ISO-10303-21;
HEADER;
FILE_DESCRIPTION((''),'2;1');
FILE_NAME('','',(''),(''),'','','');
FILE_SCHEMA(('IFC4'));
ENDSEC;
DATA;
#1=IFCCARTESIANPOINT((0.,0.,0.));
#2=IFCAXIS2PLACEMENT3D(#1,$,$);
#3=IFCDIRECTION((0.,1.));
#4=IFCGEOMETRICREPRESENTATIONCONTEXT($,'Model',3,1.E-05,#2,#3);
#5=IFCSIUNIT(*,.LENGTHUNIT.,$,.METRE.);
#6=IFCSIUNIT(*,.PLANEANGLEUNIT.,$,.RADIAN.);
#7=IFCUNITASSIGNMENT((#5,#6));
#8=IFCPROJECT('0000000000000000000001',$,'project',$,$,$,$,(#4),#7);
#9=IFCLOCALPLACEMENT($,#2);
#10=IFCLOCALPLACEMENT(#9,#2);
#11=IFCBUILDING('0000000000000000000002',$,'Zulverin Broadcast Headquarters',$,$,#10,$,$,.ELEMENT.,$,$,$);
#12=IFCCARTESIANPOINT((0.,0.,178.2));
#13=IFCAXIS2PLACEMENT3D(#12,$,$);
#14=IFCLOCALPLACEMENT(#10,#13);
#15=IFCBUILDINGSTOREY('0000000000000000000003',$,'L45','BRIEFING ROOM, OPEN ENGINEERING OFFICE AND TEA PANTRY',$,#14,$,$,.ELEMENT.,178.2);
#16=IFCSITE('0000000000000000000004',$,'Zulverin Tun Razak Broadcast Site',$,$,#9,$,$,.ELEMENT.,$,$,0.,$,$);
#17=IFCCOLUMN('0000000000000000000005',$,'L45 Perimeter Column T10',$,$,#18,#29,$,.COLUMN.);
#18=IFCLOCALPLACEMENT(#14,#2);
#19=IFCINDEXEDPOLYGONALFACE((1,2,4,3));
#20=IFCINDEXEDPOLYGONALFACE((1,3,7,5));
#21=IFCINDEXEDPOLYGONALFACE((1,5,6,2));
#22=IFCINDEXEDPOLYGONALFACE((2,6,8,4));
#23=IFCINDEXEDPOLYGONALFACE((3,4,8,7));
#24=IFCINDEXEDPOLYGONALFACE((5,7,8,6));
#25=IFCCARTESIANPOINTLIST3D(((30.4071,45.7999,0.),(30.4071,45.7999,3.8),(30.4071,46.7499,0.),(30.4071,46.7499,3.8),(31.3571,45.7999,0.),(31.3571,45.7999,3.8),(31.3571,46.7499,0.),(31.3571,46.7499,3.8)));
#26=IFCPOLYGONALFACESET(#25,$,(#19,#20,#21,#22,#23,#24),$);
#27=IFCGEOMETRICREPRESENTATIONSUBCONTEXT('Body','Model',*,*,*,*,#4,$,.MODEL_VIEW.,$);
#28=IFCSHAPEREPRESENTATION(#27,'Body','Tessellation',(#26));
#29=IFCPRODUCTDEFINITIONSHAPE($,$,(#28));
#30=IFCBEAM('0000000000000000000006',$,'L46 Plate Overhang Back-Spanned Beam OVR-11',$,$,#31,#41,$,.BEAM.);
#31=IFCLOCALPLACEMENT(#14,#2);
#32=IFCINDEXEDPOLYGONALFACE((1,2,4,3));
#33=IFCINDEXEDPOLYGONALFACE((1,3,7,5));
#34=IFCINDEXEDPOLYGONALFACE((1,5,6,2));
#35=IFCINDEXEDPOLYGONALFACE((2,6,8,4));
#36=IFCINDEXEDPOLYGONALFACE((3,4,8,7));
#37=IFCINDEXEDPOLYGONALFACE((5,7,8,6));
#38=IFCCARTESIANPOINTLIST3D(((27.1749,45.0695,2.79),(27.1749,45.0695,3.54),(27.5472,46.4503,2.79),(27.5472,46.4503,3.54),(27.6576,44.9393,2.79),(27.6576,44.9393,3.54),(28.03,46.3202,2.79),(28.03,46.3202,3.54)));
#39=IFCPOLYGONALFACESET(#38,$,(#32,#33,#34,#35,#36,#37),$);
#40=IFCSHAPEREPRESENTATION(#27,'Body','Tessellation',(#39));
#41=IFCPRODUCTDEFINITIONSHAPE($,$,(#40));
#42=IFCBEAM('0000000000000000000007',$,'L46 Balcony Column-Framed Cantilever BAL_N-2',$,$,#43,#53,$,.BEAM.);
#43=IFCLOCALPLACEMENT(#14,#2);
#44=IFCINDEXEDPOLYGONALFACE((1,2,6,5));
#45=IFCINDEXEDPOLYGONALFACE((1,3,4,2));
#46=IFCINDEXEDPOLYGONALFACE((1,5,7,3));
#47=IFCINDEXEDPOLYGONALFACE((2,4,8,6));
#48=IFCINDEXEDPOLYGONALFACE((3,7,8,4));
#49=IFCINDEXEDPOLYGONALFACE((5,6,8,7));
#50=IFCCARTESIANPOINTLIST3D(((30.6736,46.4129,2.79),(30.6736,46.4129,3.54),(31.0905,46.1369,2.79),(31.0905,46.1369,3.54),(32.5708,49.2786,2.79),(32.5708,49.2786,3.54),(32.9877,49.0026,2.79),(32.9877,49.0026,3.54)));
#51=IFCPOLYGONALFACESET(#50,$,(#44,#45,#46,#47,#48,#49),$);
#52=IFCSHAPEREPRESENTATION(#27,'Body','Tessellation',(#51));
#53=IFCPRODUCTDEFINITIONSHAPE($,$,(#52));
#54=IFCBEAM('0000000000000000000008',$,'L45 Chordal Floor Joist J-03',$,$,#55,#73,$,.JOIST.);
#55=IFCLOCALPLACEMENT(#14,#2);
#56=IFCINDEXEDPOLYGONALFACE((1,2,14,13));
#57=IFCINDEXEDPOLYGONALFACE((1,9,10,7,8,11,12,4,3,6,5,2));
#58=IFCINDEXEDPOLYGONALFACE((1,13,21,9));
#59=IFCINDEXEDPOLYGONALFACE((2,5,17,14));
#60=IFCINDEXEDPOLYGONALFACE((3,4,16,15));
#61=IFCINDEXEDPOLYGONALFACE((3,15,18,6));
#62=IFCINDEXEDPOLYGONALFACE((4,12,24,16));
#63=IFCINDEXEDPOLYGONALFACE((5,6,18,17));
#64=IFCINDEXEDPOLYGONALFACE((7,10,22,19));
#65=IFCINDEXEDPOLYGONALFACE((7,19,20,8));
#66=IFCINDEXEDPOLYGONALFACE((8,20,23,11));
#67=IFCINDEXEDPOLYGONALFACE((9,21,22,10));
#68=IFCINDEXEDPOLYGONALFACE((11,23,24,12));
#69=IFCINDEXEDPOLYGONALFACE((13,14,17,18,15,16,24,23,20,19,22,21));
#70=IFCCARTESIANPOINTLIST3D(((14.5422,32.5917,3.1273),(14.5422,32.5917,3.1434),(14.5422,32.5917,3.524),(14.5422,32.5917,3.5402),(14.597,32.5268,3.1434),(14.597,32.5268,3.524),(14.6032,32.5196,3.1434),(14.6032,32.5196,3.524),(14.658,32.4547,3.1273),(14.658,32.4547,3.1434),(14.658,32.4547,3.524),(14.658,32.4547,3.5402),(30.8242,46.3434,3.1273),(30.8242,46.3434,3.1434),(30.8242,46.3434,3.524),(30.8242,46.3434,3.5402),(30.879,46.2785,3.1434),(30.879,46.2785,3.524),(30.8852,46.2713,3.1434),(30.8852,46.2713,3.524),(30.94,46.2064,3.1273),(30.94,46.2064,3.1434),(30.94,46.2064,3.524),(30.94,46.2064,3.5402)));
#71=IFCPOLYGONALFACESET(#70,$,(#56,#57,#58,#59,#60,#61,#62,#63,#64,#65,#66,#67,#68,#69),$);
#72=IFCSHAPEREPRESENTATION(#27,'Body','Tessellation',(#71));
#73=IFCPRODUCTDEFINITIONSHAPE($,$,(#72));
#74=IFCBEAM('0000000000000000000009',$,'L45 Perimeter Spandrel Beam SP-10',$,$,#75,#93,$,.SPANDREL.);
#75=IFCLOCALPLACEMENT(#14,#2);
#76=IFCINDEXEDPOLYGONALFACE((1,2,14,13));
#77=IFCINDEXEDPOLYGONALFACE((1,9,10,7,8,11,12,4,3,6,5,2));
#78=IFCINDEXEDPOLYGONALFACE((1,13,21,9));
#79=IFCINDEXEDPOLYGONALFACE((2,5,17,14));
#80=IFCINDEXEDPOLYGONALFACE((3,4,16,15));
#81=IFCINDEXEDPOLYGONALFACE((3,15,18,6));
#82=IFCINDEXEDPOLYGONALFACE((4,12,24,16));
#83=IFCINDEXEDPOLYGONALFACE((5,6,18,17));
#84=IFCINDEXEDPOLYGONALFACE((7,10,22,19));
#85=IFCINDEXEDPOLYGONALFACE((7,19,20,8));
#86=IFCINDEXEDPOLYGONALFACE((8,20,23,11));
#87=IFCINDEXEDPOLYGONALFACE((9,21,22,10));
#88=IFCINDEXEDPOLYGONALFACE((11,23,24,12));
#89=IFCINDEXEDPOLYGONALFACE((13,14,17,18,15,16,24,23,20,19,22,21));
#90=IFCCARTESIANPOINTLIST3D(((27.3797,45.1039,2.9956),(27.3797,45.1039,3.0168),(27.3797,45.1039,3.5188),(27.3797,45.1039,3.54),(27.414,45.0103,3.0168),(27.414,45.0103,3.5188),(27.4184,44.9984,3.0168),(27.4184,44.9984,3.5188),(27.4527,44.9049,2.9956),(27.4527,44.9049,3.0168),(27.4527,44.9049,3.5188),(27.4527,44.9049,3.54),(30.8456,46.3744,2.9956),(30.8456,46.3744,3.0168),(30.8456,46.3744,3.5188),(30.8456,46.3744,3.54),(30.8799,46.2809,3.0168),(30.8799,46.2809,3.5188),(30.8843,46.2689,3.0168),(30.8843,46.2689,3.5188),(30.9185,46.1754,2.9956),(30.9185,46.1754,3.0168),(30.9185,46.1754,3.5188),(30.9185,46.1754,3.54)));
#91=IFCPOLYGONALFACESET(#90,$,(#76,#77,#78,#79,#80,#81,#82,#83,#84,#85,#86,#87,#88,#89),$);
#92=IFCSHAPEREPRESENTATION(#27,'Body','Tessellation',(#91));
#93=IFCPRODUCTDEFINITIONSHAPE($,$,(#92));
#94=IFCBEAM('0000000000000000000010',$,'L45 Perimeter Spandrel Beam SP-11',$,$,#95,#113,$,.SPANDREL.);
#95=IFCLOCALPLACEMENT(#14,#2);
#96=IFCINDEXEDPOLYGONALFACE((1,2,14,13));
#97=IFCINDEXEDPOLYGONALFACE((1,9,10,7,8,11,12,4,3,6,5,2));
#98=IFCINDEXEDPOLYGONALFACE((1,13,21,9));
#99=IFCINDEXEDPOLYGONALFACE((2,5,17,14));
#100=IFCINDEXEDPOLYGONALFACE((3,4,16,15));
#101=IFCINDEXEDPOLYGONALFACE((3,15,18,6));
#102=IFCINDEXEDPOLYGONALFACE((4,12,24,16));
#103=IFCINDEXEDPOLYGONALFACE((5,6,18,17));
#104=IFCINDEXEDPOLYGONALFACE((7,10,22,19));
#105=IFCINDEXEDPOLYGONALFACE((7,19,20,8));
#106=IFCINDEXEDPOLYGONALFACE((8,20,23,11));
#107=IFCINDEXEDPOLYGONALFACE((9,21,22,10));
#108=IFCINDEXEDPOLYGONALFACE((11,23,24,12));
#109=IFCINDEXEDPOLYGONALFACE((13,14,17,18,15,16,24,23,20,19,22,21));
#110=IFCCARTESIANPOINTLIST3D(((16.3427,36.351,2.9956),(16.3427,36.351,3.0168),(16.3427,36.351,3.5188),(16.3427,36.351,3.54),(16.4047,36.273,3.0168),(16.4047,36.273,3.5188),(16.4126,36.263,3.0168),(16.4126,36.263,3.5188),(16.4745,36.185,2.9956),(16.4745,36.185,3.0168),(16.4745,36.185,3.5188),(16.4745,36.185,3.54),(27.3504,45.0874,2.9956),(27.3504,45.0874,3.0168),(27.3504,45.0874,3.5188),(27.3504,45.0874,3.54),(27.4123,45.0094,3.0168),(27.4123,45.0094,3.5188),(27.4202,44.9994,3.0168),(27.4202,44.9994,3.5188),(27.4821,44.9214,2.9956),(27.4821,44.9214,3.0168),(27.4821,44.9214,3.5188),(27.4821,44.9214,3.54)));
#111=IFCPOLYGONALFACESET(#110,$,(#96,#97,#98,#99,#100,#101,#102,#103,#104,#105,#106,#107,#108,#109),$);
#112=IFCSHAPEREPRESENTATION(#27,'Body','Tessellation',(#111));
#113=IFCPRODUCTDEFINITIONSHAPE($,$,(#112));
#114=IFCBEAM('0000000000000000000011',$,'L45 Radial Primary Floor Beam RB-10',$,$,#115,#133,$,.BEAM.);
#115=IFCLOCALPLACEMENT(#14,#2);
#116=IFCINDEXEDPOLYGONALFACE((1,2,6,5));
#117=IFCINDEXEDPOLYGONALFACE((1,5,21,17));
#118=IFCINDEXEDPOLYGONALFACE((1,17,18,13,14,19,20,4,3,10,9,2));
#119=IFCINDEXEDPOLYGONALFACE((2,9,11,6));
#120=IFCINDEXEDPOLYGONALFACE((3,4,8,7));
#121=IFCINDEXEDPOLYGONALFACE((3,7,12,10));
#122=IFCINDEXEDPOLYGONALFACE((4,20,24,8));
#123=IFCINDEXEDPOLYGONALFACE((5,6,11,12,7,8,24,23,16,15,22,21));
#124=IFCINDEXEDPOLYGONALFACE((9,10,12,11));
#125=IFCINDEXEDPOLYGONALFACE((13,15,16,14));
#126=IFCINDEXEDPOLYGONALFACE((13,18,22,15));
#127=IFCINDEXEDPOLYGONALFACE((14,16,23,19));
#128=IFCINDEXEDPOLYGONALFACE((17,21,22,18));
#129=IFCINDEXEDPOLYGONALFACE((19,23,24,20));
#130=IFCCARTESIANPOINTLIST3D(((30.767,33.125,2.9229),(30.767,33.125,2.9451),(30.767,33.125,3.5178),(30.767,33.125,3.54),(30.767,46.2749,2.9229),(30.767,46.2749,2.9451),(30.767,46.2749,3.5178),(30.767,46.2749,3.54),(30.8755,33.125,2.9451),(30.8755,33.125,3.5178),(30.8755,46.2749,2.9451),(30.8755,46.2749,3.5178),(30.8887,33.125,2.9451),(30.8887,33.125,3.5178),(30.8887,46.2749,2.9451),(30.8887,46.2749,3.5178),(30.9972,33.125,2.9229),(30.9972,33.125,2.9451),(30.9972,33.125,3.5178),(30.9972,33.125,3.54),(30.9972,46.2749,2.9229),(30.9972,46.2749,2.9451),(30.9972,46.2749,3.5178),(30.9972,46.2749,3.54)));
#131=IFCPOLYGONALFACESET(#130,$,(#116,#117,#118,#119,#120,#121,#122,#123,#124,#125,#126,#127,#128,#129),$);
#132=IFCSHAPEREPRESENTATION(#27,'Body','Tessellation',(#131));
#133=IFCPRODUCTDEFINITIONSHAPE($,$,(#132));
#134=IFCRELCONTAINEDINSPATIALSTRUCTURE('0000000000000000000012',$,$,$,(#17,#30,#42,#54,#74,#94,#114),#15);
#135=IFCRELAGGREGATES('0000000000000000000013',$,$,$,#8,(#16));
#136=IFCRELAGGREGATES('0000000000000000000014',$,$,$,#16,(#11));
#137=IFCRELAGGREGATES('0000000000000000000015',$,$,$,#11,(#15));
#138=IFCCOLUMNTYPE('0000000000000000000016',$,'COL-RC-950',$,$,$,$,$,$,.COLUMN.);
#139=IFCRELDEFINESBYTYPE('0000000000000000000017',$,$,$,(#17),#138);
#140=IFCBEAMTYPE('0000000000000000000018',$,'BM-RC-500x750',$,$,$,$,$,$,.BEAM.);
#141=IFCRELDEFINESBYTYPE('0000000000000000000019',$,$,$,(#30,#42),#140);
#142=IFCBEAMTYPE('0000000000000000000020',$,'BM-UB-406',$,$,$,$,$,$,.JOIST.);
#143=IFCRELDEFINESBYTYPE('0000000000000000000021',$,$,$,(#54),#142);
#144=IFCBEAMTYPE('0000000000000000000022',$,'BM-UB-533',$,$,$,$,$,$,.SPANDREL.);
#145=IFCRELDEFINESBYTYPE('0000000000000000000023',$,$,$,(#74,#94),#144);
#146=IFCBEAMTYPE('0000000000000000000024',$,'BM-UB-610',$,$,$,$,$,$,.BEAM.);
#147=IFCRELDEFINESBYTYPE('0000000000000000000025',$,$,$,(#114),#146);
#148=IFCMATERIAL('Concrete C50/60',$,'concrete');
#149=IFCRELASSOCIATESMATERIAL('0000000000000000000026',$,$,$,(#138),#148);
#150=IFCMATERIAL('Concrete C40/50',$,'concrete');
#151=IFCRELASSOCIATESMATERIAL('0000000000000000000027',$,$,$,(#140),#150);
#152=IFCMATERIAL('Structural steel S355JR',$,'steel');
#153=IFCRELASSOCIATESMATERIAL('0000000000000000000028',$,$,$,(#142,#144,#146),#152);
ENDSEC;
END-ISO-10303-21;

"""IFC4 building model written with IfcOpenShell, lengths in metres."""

from ifc_helpers import new_model, si_unit, direction, frame, origin, origin_2d, place, context, subcontext, project, spatial, rectangle, i_section, extrude, material, material_profile, profile_set, type_object, element, save


model = new_model("IFC4")

# Units and contexts
model_context = context("Model", 3, precision=1e-05, world=origin(), true_north=direction((0.0, 1.0)))
body_context = subcontext(model_context, "Body", "Model", "MODEL_VIEW")
ifc_project = project(units=[si_unit("LENGTHUNIT", "METRE"), si_unit("PLANEANGLEUNIT", "RADIAN")], contexts=[model_context])

# Site, building, storey
site_placement = place(None, origin())
site = spatial("IfcSite", under=ifc_project, at=site_placement, Name="Zulverin Tun Razak Broadcast Site", CompositionType="ELEMENT", RefElevation=0.0)
building_placement = place(site_placement, origin())
building = spatial("IfcBuilding", under=site, at=building_placement, Name="Zulverin Broadcast Headquarters", CompositionType="ELEMENT")
storey_placement = place(building_placement, frame((0.0, 0.0, 178.2)))
storey = spatial("IfcBuildingStorey", under=building, at=storey_placement, Name="L45", Description="BRIEFING ROOM, OPEN ENGINEERING OFFICE AND TEA PANTRY", CompositionType="ELEMENT", Elevation=178.2)

# Column
ifc_material_1 = material(Name="Concrete C50/60", Category="concrete")
ifc_material_profile_1 = material_profile(ifc_material_1, rectangle(XDim=0.95, YDim=0.95, at=origin_2d()), Name="Concrete C50/60", Category="concrete")
ifc_profile_set_1 = profile_set([ifc_material_profile_1], Name="Concrete C50/60")
column_type = type_object("IfcColumnType", Name="COL-RC-950", PredefinedType="COLUMN", material=ifc_profile_set_1)
column_placement = place(storey_placement, frame((30.8821, 46.2749, 0.0), z_axis=(0.0, 0.0, 1.0), x_axis=(1.0, 0.0, 0.0)))
element("IfcColumn", 1, at=column_placement, inside=storey, type_object=column_type, Name="L45 Perimeter Column T10", PredefinedType="COLUMN", context=body_context, shape_type="SweptSolid", body=[
    extrude(rectangle(XDim=0.95, YDim=0.95, at=origin_2d()), origin(), (0.0, 0.0, 1.0), 3.8),
])

# Beams
ifc_material_2 = material(Name="Concrete C40/50", Category="concrete")
ifc_material_profile_2 = material_profile(ifc_material_2, rectangle(XDim=0.5, YDim=0.75, at=origin_2d()), Name="Concrete C40/50", Category="concrete")
ifc_profile_set_2 = profile_set([ifc_material_profile_2], Name="Concrete C40/50")
beam_type_1 = type_object("IfcBeamType", Name="BM-RC-500x750", PredefinedType="BEAM", material=ifc_profile_set_2)
beam_1_placement = place(storey_placement, frame((27.4163, 45.0044, 3.165), z_axis=(0.260329, 0.96552, 0.0), x_axis=(-0.96552, 0.260329, 0.0)))
element("IfcBeam", 2, at=beam_1_placement, inside=storey, type_object=beam_type_1, Name="L46 Plate Overhang Back-Spanned Beam OVR-11", PredefinedType="BEAM", context=body_context, shape_type="SweptSolid", body=[
    extrude(rectangle(XDim=0.5, YDim=0.75, at=origin_2d()), origin(), (0.0, 0.0, 1.0), 1.4302),
])
beam_2_placement = place(storey_placement, frame((30.8821, 46.2749, 3.165), z_axis=(0.552025, 0.833827, 0.0), x_axis=(-0.833827, 0.552025, 0.0)))
element("IfcBeam", 3, at=beam_2_placement, inside=storey, type_object=beam_type_1, Name="L46 Balcony Column-Framed Cantilever BAL_N-2", PredefinedType="BEAM", context=body_context, shape_type="SweptSolid", body=[
    extrude(rectangle(XDim=0.5, YDim=0.75, at=origin_2d()), origin(), (0.0, 0.0, 1.0), 3.4368),
])
ifc_material_3 = material(Name="Structural steel S355JR", Category="steel")
ifc_material_profile_3 = material_profile(ifc_material_3, i_section(OverallWidth=0.1794, OverallDepth=0.4128, WebThickness=0.0095, FlangeThickness=0.0161, at=origin_2d()), Name="Structural steel S355JR", Category="steel")
ifc_profile_set_3 = profile_set([ifc_material_profile_3], Name="Structural steel S355JR")
beam_type_2 = type_object("IfcBeamType", Name="BM-UB-406", PredefinedType="JOIST", material=ifc_profile_set_3)
beam_3_placement = place(storey_placement, frame((30.8821, 46.2749, 3.3337), z_axis=(-0.763973, -0.645249, 0.0), x_axis=(0.645249, -0.763973, 0.0)))
element("IfcBeam", 4, at=beam_3_placement, inside=storey, type_object=beam_type_2, Name="L45 Chordal Floor Joist J-03", PredefinedType="JOIST", context=body_context, shape_type="SweptSolid", body=[
    extrude(i_section(OverallWidth=0.1794, OverallDepth=0.4128, WebThickness=0.0095, FlangeThickness=0.0161, at=origin_2d()), origin(), (0.0, 0.0, 1.0), 21.3123),
])
ifc_material_profile_4 = material_profile(ifc_material_3, i_section(OverallWidth=0.2119, OverallDepth=0.5444, WebThickness=0.0127, FlangeThickness=0.0212, at=origin_2d()), Name="Structural steel S355JR", Category="steel")
ifc_profile_set_4 = profile_set([ifc_material_profile_4], Name="Structural steel S355JR")
beam_type_3 = type_object("IfcBeamType", Name="BM-UB-533", PredefinedType="SPANDREL", material=ifc_profile_set_4)
beam_4_placement = place(storey_placement, frame((30.8821, 46.2749, 3.2678), z_axis=(-0.938902, -0.344185, 0.0), x_axis=(0.344185, -0.938902, 0.0)))
element("IfcBeam", 5, at=beam_4_placement, inside=storey, type_object=beam_type_3, Name="L45 Perimeter Spandrel Beam SP-10", PredefinedType="SPANDREL", context=body_context, shape_type="SweptSolid", body=[
    extrude(i_section(OverallWidth=0.2119, OverallDepth=0.5444, WebThickness=0.0127, FlangeThickness=0.0212, at=origin_2d()), origin(), (0.0, 0.0, 1.0), 3.6914),
])
beam_5_placement = place(storey_placement, frame((27.4163, 45.0044, 3.2678), z_axis=(-0.783283, -0.621665, 0.0), x_axis=(0.621665, -0.783283, 0.0)))
element("IfcBeam", 6, at=beam_5_placement, inside=storey, type_object=beam_type_3, Name="L45 Perimeter Spandrel Beam SP-11", PredefinedType="SPANDREL", context=body_context, shape_type="SweptSolid", body=[
    extrude(i_section(OverallWidth=0.2119, OverallDepth=0.5444, WebThickness=0.0127, FlangeThickness=0.0212, at=origin_2d()), origin(), (0.0, 0.0, 1.0), 14.0532),
])
ifc_material_profile_5 = material_profile(ifc_material_3, i_section(OverallWidth=0.2302, OverallDepth=0.6172, WebThickness=0.0132, FlangeThickness=0.0222, at=origin_2d()), Name="Structural steel S355JR", Category="steel")
ifc_profile_set_5 = profile_set([ifc_material_profile_5], Name="Structural steel S355JR")
beam_type_4 = type_object("IfcBeamType", Name="BM-UB-610", PredefinedType="BEAM", material=ifc_profile_set_5)
beam_6_placement = place(storey_placement, frame((30.8821, 33.125, 3.2314), z_axis=(0.0, 1.0, 0.0), x_axis=(-1.0, 0.0, 0.0)))
element("IfcBeam", 7, at=beam_6_placement, inside=storey, type_object=beam_type_4, Name="L45 Radial Primary Floor Beam RB-10", PredefinedType="BEAM", context=body_context, shape_type="SweptSolid", body=[
    extrude(i_section(OverallWidth=0.2302, OverallDepth=0.6172, WebThickness=0.0132, FlangeThickness=0.0222, at=origin_2d()), origin(), (0.0, 0.0, 1.0), 13.1499),
])

save(model, "model.ifc")
